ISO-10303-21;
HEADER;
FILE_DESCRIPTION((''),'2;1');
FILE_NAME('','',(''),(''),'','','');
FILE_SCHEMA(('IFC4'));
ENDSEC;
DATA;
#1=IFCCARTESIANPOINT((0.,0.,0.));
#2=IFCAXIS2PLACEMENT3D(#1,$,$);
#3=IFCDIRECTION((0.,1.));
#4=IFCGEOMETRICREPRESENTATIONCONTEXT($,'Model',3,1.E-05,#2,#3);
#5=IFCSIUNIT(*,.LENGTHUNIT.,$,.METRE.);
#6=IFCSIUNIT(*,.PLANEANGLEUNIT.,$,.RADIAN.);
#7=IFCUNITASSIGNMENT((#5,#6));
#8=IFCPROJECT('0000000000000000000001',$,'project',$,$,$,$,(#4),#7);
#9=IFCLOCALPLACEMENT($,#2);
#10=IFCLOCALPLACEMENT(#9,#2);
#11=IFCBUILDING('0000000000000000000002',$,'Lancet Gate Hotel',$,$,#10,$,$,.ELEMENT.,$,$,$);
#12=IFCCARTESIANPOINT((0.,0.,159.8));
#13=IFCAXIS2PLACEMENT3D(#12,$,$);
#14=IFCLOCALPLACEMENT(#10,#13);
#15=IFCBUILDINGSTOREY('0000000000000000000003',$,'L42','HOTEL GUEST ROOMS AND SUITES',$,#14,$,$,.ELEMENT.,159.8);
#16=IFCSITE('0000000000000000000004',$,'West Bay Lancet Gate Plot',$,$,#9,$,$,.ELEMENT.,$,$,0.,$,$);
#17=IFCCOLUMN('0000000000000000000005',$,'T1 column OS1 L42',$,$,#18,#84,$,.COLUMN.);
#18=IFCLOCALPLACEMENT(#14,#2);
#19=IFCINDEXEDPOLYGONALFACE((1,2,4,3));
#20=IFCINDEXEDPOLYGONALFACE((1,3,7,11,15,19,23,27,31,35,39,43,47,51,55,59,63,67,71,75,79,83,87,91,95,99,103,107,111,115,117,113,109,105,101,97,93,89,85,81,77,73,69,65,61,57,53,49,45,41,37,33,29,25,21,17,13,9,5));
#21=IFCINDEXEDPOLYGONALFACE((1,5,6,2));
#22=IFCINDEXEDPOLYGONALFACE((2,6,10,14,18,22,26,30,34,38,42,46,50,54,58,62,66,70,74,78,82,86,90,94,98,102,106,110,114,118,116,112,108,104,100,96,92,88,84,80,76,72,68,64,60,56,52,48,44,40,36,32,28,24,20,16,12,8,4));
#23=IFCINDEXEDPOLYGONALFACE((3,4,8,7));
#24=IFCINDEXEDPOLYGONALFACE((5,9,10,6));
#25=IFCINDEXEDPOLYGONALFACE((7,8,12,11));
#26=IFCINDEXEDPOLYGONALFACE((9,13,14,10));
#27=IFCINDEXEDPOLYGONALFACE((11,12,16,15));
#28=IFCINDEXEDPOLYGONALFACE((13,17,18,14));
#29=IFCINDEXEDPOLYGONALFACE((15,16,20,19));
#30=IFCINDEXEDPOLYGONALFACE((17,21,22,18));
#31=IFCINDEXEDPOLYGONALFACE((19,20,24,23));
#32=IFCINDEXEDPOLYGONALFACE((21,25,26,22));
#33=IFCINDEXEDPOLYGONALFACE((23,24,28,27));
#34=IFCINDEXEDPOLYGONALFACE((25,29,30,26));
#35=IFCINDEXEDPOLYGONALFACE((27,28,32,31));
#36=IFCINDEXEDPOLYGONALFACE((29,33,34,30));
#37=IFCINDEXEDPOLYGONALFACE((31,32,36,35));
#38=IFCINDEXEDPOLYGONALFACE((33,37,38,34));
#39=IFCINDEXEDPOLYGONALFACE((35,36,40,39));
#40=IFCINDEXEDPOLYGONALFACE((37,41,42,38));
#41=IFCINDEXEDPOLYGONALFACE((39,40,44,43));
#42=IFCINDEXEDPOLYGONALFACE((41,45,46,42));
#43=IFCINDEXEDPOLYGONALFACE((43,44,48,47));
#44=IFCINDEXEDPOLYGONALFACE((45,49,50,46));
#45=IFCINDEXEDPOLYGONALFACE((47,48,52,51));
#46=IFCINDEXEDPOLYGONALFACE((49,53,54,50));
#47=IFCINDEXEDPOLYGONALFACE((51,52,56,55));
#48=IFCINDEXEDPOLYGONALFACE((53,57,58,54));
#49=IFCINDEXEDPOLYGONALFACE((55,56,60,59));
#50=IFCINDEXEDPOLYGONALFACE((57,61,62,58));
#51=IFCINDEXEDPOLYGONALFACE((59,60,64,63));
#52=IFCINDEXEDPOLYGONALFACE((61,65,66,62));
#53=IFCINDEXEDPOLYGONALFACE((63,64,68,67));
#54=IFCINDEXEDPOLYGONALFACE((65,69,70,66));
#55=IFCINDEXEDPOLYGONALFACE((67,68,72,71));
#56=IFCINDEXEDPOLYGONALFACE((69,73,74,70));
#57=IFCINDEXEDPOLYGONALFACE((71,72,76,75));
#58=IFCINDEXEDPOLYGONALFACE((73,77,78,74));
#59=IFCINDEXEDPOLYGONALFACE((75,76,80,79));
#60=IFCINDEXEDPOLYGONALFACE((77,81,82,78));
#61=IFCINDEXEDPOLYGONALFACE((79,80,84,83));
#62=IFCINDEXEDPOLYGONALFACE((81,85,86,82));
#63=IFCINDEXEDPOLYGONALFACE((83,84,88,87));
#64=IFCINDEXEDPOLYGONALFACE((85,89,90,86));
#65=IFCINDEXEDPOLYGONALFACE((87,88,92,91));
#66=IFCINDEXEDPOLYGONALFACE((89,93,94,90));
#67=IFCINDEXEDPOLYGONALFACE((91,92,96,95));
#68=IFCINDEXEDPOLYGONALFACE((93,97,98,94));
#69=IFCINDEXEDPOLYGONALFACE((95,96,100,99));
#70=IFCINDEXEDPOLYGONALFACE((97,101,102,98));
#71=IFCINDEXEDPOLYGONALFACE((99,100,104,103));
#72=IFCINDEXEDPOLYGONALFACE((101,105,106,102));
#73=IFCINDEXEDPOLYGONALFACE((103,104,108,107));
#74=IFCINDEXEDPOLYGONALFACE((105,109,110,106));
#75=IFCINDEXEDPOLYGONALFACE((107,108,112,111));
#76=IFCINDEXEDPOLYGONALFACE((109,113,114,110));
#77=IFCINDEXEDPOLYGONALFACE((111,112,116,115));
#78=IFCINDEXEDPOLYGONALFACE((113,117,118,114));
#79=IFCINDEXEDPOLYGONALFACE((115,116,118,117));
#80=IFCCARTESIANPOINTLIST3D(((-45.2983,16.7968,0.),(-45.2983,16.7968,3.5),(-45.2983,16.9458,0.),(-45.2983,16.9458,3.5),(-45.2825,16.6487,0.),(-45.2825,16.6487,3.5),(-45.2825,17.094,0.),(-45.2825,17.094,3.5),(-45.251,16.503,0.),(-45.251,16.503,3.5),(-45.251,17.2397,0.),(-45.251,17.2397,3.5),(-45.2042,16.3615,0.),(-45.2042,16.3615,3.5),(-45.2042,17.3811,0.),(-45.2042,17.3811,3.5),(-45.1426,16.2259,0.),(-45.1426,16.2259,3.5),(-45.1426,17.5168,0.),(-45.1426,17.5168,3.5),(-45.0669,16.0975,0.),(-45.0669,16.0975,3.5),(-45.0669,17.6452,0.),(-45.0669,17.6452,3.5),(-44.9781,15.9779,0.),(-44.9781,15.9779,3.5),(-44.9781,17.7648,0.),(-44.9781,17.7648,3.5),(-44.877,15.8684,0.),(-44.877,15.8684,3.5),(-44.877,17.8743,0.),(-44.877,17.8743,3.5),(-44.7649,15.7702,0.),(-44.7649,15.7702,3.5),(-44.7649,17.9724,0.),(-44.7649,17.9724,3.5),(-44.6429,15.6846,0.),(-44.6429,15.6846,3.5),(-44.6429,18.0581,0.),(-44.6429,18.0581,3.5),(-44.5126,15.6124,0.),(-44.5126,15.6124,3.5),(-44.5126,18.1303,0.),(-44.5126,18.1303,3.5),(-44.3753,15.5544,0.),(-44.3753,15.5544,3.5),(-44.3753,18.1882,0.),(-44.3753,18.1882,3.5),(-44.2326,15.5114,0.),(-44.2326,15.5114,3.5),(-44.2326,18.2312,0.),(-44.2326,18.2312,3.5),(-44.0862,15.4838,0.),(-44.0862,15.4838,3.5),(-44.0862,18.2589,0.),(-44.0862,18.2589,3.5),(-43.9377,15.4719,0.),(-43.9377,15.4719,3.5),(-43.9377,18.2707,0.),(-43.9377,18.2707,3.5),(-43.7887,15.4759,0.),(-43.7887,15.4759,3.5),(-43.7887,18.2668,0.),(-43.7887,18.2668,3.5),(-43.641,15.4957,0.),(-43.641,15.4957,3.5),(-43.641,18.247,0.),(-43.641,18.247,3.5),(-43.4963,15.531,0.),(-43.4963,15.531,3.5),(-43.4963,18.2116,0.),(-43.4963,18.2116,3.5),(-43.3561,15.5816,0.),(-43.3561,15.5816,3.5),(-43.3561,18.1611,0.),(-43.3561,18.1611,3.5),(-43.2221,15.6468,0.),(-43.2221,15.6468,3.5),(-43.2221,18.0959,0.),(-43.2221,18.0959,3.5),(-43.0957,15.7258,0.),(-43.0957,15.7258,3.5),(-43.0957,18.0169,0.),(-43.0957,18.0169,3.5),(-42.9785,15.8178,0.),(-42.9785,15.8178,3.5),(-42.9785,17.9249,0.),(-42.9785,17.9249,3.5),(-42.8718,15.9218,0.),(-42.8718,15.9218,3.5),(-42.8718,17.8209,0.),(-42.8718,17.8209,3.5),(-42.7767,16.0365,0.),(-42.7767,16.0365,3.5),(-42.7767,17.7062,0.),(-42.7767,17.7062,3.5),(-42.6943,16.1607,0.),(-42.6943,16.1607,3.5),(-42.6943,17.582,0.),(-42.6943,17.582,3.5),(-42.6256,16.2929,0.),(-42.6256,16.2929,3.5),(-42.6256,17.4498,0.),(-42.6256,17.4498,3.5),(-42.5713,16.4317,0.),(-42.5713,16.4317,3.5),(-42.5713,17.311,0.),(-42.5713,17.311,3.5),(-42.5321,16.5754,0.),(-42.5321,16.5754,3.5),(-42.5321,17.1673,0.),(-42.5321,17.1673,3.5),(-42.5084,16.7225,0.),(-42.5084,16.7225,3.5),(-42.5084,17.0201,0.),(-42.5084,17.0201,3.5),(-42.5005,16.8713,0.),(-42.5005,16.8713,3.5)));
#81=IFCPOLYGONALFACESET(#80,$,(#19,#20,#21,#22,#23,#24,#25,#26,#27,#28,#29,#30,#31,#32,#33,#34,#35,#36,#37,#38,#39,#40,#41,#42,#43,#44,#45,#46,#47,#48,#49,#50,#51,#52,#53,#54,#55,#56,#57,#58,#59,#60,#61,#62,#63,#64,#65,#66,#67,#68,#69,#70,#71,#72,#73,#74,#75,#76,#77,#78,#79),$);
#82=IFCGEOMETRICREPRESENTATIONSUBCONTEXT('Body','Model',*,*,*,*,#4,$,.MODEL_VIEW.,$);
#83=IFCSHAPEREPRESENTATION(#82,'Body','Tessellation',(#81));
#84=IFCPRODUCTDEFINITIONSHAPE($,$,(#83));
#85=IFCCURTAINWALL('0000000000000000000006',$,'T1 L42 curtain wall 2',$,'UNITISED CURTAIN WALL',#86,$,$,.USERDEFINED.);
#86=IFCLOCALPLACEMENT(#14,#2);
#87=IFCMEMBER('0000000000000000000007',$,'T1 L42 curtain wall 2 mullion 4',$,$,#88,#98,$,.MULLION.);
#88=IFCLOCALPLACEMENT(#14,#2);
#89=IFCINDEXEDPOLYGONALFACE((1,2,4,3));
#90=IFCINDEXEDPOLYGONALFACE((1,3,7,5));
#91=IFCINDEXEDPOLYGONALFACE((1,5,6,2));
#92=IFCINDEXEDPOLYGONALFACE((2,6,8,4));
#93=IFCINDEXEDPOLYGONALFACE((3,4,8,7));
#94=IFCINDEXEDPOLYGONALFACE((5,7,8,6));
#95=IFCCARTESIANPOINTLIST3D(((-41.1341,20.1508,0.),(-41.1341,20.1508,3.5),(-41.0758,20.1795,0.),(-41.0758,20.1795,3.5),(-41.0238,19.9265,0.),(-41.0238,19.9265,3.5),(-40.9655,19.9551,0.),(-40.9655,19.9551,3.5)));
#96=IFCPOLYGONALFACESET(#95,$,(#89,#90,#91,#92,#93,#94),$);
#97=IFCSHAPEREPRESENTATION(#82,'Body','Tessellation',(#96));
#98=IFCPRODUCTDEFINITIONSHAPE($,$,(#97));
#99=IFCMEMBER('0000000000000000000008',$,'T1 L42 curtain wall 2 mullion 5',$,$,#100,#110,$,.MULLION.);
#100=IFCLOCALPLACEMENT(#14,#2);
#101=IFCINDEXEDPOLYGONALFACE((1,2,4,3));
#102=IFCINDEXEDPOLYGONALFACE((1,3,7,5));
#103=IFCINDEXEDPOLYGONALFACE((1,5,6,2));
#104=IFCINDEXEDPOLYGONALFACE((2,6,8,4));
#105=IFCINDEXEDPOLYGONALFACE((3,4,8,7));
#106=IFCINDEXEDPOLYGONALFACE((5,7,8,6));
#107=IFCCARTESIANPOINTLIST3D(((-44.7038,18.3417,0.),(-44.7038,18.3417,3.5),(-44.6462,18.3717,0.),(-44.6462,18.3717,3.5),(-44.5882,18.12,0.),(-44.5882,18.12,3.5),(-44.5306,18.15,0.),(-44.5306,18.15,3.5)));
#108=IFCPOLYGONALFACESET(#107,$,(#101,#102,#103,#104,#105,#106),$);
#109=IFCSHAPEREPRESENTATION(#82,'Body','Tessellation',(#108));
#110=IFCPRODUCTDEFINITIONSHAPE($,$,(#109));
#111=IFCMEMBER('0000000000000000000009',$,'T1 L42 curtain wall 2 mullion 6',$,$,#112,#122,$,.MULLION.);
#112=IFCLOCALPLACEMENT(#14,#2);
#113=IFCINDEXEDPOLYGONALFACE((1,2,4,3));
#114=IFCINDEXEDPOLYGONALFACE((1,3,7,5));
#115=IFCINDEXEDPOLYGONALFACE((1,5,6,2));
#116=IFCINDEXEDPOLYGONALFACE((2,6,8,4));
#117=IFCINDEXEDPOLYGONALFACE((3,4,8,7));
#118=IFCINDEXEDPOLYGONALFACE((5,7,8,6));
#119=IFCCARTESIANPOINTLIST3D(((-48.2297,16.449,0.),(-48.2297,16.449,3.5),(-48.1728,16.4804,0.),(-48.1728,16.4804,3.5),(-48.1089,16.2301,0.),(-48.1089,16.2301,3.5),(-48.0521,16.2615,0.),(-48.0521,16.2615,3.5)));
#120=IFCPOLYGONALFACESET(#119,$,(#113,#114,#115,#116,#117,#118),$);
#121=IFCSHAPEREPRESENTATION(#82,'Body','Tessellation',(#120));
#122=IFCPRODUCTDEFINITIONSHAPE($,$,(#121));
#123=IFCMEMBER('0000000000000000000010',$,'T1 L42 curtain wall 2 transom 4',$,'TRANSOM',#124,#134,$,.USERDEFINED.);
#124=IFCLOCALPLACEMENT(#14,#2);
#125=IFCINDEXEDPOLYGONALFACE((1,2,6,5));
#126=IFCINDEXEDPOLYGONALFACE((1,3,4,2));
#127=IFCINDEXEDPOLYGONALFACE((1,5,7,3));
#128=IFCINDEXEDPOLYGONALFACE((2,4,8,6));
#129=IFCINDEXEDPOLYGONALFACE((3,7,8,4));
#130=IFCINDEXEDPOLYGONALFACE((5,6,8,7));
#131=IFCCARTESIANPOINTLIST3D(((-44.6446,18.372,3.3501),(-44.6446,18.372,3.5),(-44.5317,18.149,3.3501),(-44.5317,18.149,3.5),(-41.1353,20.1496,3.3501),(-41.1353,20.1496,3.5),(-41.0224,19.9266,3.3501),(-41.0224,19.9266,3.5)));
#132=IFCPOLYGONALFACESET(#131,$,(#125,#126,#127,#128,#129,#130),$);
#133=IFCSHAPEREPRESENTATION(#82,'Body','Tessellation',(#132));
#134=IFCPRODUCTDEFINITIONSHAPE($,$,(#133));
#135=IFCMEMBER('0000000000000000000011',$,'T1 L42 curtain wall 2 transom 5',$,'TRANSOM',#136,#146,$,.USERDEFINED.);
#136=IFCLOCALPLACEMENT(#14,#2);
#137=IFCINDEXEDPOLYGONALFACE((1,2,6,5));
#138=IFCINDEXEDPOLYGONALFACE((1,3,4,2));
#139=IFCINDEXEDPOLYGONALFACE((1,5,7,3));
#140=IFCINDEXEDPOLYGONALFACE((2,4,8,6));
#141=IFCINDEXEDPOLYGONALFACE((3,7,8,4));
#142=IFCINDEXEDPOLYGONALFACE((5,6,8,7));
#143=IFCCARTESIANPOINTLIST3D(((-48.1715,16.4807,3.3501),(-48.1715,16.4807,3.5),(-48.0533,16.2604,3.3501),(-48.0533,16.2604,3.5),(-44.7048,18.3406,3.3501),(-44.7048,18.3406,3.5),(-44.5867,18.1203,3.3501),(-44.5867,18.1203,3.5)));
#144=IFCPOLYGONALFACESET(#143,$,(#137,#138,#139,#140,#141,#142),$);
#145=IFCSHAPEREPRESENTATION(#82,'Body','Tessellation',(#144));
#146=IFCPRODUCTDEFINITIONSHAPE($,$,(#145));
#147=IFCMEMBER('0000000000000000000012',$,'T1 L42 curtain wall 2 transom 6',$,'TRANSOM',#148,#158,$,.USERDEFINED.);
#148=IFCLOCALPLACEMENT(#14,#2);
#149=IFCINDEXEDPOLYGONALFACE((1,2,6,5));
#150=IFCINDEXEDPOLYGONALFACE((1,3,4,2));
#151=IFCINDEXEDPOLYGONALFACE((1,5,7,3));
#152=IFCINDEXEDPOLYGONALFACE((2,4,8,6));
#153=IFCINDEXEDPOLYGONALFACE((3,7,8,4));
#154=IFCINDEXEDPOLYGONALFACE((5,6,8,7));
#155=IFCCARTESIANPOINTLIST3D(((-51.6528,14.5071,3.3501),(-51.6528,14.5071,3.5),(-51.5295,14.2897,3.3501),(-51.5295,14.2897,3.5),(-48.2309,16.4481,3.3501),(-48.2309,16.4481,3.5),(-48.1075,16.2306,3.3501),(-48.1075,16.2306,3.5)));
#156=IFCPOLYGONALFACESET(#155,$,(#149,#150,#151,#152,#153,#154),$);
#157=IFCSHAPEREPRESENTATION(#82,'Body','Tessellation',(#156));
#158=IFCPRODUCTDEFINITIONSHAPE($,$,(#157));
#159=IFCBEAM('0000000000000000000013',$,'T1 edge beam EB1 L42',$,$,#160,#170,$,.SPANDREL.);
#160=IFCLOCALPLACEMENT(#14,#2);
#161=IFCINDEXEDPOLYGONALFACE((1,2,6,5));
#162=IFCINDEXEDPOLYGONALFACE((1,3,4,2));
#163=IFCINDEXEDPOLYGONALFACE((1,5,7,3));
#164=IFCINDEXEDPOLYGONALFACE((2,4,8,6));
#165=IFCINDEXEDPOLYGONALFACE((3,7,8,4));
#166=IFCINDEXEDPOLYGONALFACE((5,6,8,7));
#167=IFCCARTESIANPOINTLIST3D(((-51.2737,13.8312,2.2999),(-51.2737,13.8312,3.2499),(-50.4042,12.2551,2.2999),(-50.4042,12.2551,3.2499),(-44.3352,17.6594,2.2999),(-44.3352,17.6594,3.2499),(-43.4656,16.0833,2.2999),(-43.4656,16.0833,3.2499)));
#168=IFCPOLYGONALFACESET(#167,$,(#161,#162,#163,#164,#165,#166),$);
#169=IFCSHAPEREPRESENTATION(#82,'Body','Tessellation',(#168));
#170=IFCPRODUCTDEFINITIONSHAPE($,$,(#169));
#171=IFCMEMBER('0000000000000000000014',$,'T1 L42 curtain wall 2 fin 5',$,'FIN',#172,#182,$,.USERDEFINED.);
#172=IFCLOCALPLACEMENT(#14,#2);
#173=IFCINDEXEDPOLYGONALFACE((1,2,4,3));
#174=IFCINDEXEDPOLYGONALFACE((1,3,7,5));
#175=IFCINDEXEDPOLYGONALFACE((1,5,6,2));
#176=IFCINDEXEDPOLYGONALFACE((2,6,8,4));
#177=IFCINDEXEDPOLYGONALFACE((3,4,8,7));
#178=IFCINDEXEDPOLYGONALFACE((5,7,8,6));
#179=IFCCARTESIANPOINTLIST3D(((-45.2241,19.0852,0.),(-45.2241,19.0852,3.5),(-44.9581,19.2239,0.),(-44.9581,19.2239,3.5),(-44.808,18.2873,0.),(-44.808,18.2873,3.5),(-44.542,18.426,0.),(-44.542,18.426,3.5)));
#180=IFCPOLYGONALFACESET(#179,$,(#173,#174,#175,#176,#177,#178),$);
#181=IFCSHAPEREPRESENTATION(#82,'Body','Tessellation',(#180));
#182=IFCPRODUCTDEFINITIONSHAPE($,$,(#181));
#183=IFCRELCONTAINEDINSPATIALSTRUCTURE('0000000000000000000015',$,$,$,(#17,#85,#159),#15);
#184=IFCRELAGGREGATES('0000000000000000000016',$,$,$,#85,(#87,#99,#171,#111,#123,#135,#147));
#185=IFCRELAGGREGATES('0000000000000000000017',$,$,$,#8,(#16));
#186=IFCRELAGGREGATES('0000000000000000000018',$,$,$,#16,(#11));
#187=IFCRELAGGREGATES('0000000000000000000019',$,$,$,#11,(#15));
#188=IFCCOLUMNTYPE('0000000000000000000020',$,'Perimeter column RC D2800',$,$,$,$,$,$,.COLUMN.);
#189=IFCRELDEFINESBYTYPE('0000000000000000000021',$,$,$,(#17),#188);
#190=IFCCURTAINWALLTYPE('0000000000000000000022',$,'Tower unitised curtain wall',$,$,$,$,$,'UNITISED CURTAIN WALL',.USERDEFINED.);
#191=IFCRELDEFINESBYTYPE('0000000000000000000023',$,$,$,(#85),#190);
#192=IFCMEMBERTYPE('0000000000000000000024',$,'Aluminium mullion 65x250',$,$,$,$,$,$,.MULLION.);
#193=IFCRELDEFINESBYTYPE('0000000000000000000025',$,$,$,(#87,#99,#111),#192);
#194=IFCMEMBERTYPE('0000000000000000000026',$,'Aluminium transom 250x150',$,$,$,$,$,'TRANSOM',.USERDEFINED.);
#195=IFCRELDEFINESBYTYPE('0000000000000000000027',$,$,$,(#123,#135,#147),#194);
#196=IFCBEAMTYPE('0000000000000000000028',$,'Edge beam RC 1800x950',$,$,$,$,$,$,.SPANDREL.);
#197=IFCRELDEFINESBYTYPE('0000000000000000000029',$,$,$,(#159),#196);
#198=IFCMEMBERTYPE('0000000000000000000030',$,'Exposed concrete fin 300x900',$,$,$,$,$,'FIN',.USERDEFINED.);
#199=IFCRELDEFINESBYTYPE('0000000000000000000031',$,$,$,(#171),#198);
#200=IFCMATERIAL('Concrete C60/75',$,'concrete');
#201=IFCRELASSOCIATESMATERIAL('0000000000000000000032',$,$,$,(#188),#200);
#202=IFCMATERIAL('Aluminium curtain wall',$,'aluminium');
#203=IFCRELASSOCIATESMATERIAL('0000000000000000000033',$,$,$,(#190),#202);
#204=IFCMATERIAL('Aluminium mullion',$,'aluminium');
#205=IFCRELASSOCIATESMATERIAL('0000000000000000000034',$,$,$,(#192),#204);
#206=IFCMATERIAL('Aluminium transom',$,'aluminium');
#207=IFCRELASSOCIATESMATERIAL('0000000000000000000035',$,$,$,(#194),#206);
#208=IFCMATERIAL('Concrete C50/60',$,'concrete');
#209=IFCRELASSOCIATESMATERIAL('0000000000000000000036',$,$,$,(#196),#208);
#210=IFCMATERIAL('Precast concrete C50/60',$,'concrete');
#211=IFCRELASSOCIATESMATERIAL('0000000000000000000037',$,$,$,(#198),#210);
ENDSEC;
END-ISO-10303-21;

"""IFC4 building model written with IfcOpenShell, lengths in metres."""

from ifc_helpers import new_model, si_unit, direction, frame, origin, origin_2d, place, context, subcontext, project, spatial, rectangle, circle, extrude, material, material_profile, profile_set, type_object, element, aggregate, save


model = new_model("IFC4")

# Units and contexts
model_context = context("Model", 3, precision=1e-05, world=origin(), true_north=direction((0.0, 1.0)))
body_context = subcontext(model_context, "Body", "Model", "MODEL_VIEW")
ifc_project = project(units=[si_unit("LENGTHUNIT", "METRE"), si_unit("PLANEANGLEUNIT", "RADIAN")], contexts=[model_context])

# Site, building, storey
site_placement = place(None, origin())
site = spatial("IfcSite", under=ifc_project, at=site_placement, Name="West Bay Lancet Gate Plot", CompositionType="ELEMENT", RefElevation=0.0)
building_placement = place(site_placement, origin())
building = spatial("IfcBuilding", under=site, at=building_placement, Name="Lancet Gate Hotel", CompositionType="ELEMENT")
storey_placement = place(building_placement, frame((0.0, 0.0, 159.8)))
storey = spatial("IfcBuildingStorey", under=building, at=storey_placement, Name="L42", Description="HOTEL GUEST ROOMS AND SUITES", CompositionType="ELEMENT", Elevation=159.8)

# Column
ifc_material_1 = material(Name="Concrete C60/75", Category="concrete")
ifc_material_profile_1 = material_profile(ifc_material_1, circle(Radius=1.3999, at=origin_2d()), Name="RC D2800")
ifc_profile_set_1 = profile_set([ifc_material_profile_1], Name="Concrete C60/75")
column_type = type_object("IfcColumnType", Name="Perimeter column RC D2800", PredefinedType="COLUMN", material=ifc_profile_set_1)
column_placement = place(storey_placement, frame((-43.9004, 16.8713, 0.0), z_axis=(0.0, 0.0, 1.0), x_axis=(1.0, 0.0, 0.0)))
element("IfcColumn", 1, at=column_placement, inside=storey, type_object=column_type, Name="T1 column OS1 L42", PredefinedType="COLUMN", context=body_context, shape_type="SweptSolid", body=[
    extrude(circle(Radius=1.3999, at=origin_2d()), origin(), (0.0, 0.0, 1.0), 3.5),
])

# Curtain wall, members
ifc_material_2 = material(Name="Aluminium curtain wall", Category="aluminium")
curtain_wall_type = type_object("IfcCurtainWallType", Name="Tower unitised curtain wall", ElementType="UNITISED CURTAIN WALL", PredefinedType="USERDEFINED", material=ifc_material_2)
curtain_wall_placement = place(storey_placement, origin())
curtain_wall = element("IfcCurtainWall", 2, at=curtain_wall_placement, inside=storey, type_object=curtain_wall_type, Name="T1 L42 curtain wall 2", ObjectType="UNITISED CURTAIN WALL", PredefinedType="USERDEFINED")
ifc_material_3 = material(Name="Aluminium mullion", Category="aluminium")
ifc_material_profile_2 = material_profile(ifc_material_3, rectangle(XDim=0.0649, YDim=0.25, at=origin_2d()), Name="MULLION 65x250")
ifc_profile_set_2 = profile_set([ifc_material_profile_2], Name="Aluminium mullion")
member_type_1 = type_object("IfcMemberType", Name="Aluminium mullion 65x250", PredefinedType="MULLION", material=ifc_profile_set_2)
member_1_placement = place(storey_placement, frame((-41.0498, 20.053, 0.0), z_axis=(0.0, 0.0, 1.0), x_axis=(-0.897324, -0.441372, 0.0)))
member_1 = element("IfcMember", 3, at=member_1_placement, type_object=member_type_1, Name="T1 L42 curtain wall 2 mullion 4", PredefinedType="MULLION", context=body_context, shape_type="SweptSolid", body=[
    extrude(rectangle(XDim=0.0649, YDim=0.25, at=origin_2d()), origin(), (0.0, 0.0, 1.0), 3.5),
])
member_2_placement = place(storey_placement, frame((-44.6172, 18.2458, 0.0), z_axis=(0.0, 0.0, 1.0), x_axis=(-0.886694, -0.462356, 0.0)))
member_2 = element("IfcMember", 4, at=member_2_placement, type_object=member_type_1, Name="T1 L42 curtain wall 2 mullion 5", PredefinedType="MULLION", context=body_context, shape_type="SweptSolid", body=[
    extrude(rectangle(XDim=0.0649, YDim=0.25, at=origin_2d()), origin(), (0.0, 0.0, 1.0), 3.5),
])
member_3_placement = place(storey_placement, frame((-48.1409, 16.3552, 0.0), z_axis=(0.0, 0.0, 1.0), x_axis=(-0.875574, -0.483084, 0.0)))
member_3 = element("IfcMember", 5, at=member_3_placement, type_object=member_type_1, Name="T1 L42 curtain wall 2 mullion 6", PredefinedType="MULLION", context=body_context, shape_type="SweptSolid", body=[
    extrude(rectangle(XDim=0.0649, YDim=0.25, at=origin_2d()), origin(), (0.0, 0.0, 1.0), 3.5),
])
ifc_material_4 = material(Name="Aluminium transom", Category="aluminium")
ifc_material_profile_3 = material_profile(ifc_material_4, rectangle(XDim=0.25, YDim=0.1499, at=origin_2d()), Name="TRANSOM 250x150")
ifc_profile_set_3 = profile_set([ifc_material_profile_3], Name="Aluminium transom")
member_type_2 = type_object("IfcMemberType", Name="Aluminium transom 250x150", ElementType="TRANSOM", PredefinedType="USERDEFINED", material=ifc_profile_set_3)
member_4_placement = place(storey_placement, frame((-41.0789, 20.0381, 3.425), z_axis=(-0.892081, -0.451875, 0.0), x_axis=(0.451875, -0.892081, 0.0)))
member_4 = element("IfcMember", 6, at=member_4_placement, type_object=member_type_2, Name="T1 L42 curtain wall 2 transom 4", ObjectType="TRANSOM", PredefinedType="USERDEFINED", context=body_context, shape_type="SweptSolid", body=[
    extrude(rectangle(XDim=0.25, YDim=0.1499, at=origin_2d()), origin(), (0.0, 0.0, 1.0), 3.9338),
])
member_5_placement = place(storey_placement, frame((-44.6458, 18.2305, 3.425), z_axis=(-0.881185, -0.472771, 0.0), x_axis=(0.472771, -0.881185, 0.0)))
member_5 = element("IfcMember", 7, at=member_5_placement, type_object=member_type_2, Name="T1 L42 curtain wall 2 transom 5", ObjectType="TRANSOM", PredefinedType="USERDEFINED", context=body_context, shape_type="SweptSolid", body=[
    extrude(rectangle(XDim=0.25, YDim=0.1499, at=origin_2d()), origin(), (0.0, 0.0, 1.0), 3.9341),
])
member_6_placement = place(storey_placement, frame((-48.1692, 16.3394, 3.425), z_axis=(-0.86982, -0.49337, 0.0), x_axis=(0.49337, -0.86982, 0.0)))
member_6 = element("IfcMember", 8, at=member_6_placement, type_object=member_type_2, Name="T1 L42 curtain wall 2 transom 6", ObjectType="TRANSOM", PredefinedType="USERDEFINED", context=body_context, shape_type="SweptSolid", body=[
    extrude(rectangle(XDim=0.25, YDim=0.1499, at=origin_2d()), origin(), (0.0, 0.0, 1.0), 3.9341),
])

# Beam
ifc_material_5 = material(Name="Concrete C50/60", Category="concrete")
ifc_material_profile_4 = material_profile(ifc_material_5, rectangle(XDim=1.8, YDim=0.95, at=origin_2d()), Name="RC 1800x950")
ifc_profile_set_4 = profile_set([ifc_material_profile_4], Name="Concrete C50/60")
beam_type_1 = type_object("IfcBeamType", Name="Edge beam RC 1800x950", PredefinedType="SPANDREL", material=ifc_profile_set_4)
beam_1_placement = place(storey_placement, frame((-43.9004, 16.8713, 2.7749), z_axis=(-0.875578, -0.483077, 0.0), x_axis=(0.483077, -0.875578, 0.0)))
element("IfcBeam", 9, at=beam_1_placement, inside=storey, type_object=beam_type_1, Name="T1 edge beam EB1 L42", PredefinedType="SPANDREL", context=body_context, shape_type="SweptSolid", body=[
    extrude(rectangle(XDim=1.8, YDim=0.95, at=origin_2d()), origin(), (0.0, 0.0, 1.0), 7.9246),
])

# Member
ifc_material_6 = material(Name="Precast concrete C50/60", Category="concrete")
ifc_material_profile_5 = material_profile(ifc_material_6, rectangle(XDim=0.3, YDim=0.8999, at=origin_2d()), Name="FIN 300x900")
ifc_profile_set_5 = profile_set([ifc_material_profile_5], Name="Precast concrete C50/60")
member_type_3 = type_object("IfcMemberType", Name="Exposed concrete fin 300x900", ElementType="FIN", PredefinedType="USERDEFINED", material=ifc_profile_set_5)
member_7_placement = place(storey_placement, frame((-44.8831, 18.7556, 0.0), z_axis=(0.0, 0.0, 1.0), x_axis=(-0.886694, -0.462356, 0.0)))
member_7 = element("IfcMember", 10, at=member_7_placement, type_object=member_type_3, Name="T1 L42 curtain wall 2 fin 5", ObjectType="FIN", PredefinedType="USERDEFINED", context=body_context, shape_type="SweptSolid", body=[
    extrude(rectangle(XDim=0.3, YDim=0.8999, at=origin_2d()), origin(), (0.0, 0.0, 1.0), 3.5),
])

aggregate(curtain_wall, [member_1, member_2, member_7, member_3, member_4, member_5, member_6])

save(model, "model.ifc")
